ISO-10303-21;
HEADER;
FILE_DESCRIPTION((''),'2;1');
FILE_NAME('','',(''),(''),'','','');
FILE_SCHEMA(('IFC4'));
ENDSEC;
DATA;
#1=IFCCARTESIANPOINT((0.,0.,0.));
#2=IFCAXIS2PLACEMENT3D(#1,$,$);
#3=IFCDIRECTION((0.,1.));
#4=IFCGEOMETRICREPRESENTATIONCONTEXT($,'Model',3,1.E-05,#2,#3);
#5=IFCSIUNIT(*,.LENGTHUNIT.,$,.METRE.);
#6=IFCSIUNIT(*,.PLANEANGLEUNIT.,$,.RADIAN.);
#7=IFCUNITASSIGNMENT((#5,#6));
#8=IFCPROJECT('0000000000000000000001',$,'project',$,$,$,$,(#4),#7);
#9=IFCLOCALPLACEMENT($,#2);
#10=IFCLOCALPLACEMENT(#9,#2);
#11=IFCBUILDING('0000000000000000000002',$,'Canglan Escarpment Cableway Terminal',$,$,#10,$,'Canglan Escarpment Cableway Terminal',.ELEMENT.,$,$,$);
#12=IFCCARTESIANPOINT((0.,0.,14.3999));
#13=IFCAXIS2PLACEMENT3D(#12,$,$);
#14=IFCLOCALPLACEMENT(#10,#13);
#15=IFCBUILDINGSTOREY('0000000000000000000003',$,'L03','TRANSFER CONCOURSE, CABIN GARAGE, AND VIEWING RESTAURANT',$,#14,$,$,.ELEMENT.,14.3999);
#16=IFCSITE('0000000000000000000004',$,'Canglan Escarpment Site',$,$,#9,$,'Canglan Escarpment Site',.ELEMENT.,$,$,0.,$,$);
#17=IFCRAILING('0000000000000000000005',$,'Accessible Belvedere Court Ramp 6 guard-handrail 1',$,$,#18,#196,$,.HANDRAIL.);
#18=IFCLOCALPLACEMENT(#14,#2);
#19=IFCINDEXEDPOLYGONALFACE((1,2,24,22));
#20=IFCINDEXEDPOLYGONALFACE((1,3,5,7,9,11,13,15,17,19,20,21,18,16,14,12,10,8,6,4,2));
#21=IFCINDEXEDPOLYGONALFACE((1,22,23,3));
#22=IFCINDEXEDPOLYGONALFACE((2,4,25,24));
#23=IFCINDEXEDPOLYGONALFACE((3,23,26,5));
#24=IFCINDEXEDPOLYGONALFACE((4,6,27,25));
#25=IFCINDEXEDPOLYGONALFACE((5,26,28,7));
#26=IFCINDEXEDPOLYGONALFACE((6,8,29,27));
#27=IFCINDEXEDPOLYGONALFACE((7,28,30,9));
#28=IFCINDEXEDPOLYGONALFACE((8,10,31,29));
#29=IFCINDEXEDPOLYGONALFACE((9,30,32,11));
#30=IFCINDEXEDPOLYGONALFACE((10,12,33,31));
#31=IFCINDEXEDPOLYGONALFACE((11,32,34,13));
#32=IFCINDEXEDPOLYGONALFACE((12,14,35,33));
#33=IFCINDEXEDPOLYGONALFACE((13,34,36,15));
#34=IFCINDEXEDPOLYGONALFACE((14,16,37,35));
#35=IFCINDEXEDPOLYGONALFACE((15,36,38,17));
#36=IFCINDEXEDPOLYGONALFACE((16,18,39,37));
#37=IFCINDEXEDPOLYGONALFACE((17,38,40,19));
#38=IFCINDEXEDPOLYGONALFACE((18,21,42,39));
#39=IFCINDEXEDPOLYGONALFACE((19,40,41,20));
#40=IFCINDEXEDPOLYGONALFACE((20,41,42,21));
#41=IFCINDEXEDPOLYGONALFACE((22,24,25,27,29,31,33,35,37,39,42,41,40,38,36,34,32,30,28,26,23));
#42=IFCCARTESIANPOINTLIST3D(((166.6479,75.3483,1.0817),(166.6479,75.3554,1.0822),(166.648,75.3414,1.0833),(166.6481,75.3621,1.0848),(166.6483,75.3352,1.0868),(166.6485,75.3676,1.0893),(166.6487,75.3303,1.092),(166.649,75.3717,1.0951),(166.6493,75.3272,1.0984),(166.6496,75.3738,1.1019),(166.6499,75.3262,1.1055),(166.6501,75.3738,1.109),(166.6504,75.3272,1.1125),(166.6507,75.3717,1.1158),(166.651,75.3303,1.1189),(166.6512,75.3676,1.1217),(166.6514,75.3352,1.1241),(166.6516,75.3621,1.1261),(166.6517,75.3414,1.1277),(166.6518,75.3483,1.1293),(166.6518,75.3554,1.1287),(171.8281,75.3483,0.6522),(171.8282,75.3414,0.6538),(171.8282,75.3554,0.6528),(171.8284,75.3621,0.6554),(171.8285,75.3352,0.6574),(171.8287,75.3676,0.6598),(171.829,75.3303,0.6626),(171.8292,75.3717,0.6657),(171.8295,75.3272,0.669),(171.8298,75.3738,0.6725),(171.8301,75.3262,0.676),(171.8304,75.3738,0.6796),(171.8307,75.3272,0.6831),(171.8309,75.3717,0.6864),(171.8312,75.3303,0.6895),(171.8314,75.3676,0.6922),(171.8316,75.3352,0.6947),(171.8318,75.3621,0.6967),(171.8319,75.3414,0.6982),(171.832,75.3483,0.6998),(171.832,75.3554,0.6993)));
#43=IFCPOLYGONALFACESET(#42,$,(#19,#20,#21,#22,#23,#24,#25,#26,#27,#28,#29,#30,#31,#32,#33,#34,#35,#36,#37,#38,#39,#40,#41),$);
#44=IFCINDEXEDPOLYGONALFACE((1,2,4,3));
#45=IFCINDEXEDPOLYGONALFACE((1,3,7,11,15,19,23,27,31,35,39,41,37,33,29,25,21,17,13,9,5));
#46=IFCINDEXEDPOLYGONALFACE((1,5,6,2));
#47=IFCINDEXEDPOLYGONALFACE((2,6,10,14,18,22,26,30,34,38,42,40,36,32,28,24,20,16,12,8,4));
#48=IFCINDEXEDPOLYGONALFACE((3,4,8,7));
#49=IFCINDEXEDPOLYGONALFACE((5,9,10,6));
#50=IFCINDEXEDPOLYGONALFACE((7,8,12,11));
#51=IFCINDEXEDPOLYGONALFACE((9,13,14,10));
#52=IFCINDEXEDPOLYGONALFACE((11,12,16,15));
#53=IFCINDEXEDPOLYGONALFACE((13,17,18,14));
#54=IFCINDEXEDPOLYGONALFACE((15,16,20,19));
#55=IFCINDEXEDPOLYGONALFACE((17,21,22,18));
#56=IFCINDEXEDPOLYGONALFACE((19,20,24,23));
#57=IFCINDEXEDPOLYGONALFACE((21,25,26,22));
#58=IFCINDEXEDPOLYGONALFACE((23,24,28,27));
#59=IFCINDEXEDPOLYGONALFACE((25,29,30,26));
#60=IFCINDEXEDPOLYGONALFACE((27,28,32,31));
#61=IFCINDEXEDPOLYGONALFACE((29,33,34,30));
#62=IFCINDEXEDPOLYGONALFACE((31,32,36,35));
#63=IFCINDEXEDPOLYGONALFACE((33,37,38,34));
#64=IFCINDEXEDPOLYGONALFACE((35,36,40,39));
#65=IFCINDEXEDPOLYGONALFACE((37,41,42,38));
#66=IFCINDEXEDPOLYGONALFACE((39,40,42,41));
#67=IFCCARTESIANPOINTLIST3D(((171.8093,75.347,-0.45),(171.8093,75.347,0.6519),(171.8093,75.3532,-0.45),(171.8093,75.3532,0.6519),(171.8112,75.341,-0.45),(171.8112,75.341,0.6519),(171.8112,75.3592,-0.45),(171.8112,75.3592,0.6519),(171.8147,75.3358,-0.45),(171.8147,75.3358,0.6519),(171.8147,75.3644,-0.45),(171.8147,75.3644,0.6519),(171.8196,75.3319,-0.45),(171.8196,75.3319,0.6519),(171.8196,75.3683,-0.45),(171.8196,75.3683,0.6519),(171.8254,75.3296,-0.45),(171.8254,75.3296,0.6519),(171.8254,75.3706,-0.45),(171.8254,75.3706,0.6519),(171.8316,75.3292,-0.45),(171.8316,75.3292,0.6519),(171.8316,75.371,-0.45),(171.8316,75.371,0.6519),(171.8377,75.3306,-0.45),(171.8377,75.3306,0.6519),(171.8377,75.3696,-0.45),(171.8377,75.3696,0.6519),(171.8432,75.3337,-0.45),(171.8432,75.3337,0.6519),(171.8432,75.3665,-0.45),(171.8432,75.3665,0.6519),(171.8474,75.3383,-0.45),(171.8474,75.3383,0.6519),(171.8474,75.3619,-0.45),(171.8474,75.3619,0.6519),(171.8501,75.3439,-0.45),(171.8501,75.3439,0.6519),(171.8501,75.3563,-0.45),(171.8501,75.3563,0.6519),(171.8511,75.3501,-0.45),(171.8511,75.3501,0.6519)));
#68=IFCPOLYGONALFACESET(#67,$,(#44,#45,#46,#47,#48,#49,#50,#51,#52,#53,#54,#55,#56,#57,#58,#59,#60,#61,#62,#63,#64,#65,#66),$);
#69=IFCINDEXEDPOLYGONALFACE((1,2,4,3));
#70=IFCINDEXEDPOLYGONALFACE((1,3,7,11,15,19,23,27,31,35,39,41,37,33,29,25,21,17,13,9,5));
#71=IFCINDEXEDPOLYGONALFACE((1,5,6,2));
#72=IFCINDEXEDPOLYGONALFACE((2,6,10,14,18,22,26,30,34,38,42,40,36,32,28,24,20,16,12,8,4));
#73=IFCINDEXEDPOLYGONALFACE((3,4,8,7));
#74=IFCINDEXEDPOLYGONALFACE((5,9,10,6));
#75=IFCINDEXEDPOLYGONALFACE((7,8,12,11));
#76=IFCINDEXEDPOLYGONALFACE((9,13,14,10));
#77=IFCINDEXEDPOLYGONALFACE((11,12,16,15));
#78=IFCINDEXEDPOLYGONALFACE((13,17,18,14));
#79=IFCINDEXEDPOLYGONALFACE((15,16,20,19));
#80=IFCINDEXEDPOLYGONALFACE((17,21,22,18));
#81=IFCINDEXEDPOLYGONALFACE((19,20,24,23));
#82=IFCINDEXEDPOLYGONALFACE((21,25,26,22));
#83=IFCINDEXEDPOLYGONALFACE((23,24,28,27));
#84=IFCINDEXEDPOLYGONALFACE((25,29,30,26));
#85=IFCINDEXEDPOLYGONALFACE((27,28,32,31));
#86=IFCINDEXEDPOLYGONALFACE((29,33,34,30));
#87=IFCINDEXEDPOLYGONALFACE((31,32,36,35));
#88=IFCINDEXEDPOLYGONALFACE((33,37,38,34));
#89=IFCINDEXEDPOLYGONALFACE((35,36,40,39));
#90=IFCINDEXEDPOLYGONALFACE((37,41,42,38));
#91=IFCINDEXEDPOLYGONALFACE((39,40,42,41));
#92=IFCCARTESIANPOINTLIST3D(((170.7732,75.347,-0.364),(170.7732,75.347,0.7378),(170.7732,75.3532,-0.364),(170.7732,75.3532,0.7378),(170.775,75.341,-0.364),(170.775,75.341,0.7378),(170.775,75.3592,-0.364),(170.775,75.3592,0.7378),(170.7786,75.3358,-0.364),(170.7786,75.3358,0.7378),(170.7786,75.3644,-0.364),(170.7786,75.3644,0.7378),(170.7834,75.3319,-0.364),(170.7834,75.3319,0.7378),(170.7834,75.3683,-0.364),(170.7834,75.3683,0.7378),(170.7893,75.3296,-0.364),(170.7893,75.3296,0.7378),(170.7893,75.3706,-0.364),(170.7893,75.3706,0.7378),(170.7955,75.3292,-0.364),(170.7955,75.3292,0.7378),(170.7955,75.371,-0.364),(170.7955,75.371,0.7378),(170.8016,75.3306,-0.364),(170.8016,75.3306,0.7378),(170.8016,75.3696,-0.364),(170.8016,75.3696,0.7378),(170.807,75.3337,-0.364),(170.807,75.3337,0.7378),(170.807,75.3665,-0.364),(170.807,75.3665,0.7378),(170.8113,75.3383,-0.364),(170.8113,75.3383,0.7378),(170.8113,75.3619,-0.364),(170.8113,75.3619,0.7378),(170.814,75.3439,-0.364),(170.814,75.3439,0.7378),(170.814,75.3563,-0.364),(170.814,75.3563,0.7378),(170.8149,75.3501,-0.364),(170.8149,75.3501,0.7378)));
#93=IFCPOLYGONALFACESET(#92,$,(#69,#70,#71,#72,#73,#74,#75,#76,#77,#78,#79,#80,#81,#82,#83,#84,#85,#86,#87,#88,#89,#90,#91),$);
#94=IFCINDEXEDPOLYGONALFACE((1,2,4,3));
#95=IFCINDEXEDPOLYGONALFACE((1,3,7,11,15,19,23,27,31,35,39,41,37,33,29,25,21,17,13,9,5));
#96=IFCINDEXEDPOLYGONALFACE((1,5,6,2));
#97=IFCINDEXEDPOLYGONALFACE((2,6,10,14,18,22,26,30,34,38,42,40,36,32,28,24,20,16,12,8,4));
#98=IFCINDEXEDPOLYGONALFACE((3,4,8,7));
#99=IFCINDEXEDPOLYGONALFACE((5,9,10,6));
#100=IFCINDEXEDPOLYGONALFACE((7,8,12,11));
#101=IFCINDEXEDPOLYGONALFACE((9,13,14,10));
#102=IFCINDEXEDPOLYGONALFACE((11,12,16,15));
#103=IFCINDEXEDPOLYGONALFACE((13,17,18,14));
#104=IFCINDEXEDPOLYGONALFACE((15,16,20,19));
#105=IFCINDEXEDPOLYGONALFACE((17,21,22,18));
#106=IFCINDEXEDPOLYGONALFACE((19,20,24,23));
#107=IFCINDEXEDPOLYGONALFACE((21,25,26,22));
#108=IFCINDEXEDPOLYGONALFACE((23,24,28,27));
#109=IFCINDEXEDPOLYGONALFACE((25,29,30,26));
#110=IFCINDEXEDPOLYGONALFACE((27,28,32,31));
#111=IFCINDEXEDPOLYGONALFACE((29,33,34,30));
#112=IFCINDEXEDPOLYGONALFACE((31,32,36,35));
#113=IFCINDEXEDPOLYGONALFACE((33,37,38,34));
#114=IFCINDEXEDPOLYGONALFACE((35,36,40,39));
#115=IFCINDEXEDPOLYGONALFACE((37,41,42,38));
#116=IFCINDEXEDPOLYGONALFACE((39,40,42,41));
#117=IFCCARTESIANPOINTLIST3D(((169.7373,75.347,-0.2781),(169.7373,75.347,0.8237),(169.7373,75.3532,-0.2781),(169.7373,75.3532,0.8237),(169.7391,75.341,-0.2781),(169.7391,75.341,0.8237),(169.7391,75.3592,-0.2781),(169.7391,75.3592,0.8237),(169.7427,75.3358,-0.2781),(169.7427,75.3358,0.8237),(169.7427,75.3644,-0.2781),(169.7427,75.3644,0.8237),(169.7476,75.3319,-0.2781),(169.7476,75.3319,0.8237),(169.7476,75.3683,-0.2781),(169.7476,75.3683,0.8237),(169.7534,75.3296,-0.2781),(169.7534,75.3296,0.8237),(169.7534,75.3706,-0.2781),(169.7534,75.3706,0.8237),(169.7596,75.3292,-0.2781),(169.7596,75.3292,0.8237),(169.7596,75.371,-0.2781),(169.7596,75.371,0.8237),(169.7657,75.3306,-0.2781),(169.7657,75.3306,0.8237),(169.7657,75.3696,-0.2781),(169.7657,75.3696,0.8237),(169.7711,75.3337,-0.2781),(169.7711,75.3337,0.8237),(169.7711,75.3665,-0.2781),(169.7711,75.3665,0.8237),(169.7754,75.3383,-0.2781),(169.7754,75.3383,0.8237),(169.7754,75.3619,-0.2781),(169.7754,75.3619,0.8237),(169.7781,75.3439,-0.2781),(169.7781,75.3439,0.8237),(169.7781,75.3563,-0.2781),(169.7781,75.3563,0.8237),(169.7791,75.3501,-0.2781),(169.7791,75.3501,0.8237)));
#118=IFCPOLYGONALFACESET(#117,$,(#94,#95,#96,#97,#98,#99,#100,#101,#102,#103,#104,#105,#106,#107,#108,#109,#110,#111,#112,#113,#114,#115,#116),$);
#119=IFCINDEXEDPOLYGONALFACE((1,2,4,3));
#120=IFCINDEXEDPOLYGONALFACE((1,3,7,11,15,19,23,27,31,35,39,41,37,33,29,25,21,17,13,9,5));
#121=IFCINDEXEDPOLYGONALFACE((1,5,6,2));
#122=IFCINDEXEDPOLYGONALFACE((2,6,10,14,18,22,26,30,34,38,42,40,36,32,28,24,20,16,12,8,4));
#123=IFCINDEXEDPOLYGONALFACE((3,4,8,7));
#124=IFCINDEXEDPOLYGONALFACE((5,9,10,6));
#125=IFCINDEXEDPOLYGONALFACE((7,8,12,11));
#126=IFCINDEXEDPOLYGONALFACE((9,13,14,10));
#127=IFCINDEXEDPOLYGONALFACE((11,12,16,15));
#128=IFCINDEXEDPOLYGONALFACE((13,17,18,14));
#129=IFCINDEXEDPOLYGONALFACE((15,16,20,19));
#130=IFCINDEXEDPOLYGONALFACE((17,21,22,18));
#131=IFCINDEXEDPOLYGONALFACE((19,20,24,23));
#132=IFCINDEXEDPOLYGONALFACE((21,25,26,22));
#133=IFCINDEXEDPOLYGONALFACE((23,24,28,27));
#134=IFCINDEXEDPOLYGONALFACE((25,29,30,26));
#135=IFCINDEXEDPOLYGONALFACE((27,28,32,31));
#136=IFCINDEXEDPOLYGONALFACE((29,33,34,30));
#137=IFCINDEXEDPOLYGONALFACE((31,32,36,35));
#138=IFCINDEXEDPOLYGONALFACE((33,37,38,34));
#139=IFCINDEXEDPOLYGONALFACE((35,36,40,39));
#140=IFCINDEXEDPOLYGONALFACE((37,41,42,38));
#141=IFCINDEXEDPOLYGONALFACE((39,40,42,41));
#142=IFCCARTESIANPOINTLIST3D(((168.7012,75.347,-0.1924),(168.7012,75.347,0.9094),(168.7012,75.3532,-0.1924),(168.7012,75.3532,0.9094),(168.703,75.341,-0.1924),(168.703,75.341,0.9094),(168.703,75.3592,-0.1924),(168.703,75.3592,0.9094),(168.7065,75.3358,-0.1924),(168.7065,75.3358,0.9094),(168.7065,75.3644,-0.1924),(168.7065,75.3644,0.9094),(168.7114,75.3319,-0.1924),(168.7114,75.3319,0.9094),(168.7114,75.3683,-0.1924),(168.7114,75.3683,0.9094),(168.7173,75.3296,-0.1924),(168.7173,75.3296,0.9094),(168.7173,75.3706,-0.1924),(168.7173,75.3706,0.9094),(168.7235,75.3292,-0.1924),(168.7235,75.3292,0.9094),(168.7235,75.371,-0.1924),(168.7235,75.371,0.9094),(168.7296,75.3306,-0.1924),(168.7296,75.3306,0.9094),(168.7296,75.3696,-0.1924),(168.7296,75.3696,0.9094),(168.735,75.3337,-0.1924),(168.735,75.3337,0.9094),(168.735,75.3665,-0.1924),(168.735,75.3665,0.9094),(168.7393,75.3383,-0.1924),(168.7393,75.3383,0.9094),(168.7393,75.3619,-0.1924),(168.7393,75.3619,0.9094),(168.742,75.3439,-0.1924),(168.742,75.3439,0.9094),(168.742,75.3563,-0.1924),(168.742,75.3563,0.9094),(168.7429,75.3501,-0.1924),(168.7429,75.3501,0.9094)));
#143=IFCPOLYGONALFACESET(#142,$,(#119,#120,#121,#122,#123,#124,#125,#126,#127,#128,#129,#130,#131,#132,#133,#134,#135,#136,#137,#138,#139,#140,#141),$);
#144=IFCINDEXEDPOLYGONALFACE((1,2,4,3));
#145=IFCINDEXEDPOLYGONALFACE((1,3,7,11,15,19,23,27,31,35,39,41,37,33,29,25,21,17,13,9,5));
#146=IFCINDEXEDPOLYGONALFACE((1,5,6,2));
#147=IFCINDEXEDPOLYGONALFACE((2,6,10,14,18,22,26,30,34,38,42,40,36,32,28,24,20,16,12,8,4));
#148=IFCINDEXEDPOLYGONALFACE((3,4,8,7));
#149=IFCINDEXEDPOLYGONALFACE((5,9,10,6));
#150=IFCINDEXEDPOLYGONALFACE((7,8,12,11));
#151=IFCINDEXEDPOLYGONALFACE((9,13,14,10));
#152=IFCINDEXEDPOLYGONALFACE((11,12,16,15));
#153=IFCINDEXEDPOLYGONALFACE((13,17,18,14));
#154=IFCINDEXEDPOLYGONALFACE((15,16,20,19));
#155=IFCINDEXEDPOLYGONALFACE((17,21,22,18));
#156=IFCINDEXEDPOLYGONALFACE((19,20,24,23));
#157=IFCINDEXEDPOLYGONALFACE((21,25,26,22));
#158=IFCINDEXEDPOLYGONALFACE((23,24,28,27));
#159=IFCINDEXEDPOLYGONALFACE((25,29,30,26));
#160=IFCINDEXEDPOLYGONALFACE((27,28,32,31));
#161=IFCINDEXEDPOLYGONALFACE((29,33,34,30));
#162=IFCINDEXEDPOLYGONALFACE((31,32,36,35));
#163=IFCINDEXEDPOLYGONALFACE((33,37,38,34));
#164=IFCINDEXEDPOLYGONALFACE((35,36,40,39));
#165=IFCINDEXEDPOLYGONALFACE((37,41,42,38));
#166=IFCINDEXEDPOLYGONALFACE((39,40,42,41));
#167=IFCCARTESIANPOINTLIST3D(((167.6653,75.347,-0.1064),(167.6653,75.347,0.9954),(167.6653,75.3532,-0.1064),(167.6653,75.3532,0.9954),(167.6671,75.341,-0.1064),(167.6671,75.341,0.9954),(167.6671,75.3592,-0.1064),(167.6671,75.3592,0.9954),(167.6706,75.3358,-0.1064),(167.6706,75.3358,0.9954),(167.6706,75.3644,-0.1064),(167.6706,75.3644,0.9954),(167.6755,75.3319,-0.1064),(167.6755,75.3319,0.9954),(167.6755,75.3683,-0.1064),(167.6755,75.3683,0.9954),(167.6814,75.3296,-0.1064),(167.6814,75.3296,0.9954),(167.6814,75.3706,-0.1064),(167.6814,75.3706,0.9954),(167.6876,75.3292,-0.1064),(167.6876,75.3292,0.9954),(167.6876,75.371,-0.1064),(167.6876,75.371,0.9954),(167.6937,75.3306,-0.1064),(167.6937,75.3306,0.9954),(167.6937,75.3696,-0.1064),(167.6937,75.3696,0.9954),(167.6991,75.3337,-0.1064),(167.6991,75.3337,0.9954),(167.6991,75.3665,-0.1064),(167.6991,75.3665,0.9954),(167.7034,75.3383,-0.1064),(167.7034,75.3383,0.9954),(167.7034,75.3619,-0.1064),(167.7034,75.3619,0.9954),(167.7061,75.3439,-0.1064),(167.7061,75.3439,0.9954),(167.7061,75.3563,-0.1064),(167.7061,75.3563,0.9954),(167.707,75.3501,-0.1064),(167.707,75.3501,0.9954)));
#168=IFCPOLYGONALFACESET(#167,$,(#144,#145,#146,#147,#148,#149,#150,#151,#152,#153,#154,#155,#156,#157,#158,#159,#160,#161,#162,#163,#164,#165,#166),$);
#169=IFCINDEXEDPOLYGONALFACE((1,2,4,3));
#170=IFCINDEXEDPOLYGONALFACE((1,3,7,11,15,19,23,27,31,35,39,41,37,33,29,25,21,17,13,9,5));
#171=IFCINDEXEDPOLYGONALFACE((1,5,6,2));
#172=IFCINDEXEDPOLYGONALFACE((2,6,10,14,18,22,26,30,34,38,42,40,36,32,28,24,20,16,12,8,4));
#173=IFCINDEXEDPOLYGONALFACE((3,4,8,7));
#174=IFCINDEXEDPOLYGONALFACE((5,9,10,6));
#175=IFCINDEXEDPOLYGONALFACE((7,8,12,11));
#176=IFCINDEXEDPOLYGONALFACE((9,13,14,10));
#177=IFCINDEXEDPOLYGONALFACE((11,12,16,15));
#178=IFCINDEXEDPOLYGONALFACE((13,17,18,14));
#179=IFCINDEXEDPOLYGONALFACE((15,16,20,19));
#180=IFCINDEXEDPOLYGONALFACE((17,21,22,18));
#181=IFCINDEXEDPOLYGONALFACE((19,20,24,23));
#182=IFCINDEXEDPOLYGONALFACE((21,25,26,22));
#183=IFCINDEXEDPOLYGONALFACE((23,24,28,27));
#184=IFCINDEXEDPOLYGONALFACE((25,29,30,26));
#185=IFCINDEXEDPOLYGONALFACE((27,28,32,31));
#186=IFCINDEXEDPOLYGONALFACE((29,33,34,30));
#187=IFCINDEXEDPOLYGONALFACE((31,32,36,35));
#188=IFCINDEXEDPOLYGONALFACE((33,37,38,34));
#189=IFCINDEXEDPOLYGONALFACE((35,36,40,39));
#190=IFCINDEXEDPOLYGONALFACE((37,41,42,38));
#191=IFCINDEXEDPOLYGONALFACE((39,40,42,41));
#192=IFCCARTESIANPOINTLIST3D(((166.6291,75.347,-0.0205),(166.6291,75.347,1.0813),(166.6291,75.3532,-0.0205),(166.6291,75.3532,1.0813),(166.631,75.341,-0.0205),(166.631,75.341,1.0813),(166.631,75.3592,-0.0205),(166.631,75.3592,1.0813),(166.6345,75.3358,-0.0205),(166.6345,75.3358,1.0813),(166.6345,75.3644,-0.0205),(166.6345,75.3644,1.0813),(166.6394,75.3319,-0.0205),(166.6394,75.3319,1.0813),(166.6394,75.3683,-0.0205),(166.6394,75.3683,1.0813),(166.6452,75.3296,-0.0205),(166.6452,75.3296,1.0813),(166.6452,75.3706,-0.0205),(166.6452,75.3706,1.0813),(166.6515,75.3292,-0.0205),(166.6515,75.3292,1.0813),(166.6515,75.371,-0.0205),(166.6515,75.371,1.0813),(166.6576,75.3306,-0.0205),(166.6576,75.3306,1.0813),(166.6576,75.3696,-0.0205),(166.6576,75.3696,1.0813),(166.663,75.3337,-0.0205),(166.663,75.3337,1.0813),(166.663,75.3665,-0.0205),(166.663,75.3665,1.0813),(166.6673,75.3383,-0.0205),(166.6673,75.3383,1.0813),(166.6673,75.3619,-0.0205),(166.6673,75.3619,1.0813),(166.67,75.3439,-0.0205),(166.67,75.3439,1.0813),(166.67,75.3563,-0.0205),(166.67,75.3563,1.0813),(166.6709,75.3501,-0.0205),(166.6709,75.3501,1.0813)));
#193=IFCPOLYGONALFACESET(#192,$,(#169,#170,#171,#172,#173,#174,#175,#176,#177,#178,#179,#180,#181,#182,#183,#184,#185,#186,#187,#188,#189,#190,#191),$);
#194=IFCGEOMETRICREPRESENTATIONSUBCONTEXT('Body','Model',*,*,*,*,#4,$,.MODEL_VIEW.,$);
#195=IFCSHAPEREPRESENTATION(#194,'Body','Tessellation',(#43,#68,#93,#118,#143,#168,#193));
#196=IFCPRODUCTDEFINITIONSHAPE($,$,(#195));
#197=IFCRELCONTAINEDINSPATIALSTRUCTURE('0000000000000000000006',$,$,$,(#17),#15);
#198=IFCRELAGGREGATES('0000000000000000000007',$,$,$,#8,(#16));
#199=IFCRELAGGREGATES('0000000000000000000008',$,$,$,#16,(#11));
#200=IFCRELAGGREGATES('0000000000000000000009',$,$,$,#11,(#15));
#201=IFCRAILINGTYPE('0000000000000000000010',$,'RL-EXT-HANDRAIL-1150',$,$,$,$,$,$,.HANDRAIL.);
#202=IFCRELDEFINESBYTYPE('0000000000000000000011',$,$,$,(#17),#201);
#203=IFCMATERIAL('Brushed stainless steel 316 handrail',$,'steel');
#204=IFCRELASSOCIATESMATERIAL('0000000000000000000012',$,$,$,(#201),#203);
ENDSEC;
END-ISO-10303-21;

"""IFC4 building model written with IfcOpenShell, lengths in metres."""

from ifc_helpers import new_model, si_unit, direction, frame, origin, origin_2d, place, context, subcontext, project, spatial, circle, extrude, material, type_object, element, save


model = new_model("IFC4")

# Units and contexts
model_context = context("Model", 3, precision=1e-05, world=origin(), true_north=direction((0.0, 1.0)))
body_context = subcontext(model_context, "Body", "Model", "MODEL_VIEW")
ifc_project = project(units=[si_unit("LENGTHUNIT", "METRE"), si_unit("PLANEANGLEUNIT", "RADIAN")], contexts=[model_context])

# Site, building, storey
site_placement = place(None, origin())
site = spatial("IfcSite", under=ifc_project, at=site_placement, Name="Canglan Escarpment Site", LongName="Canglan Escarpment Site", CompositionType="ELEMENT", RefElevation=0.0)
building_placement = place(site_placement, origin())
building = spatial("IfcBuilding", under=site, at=building_placement, Name="Canglan Escarpment Cableway Terminal", LongName="Canglan Escarpment Cableway Terminal", CompositionType="ELEMENT")
storey_placement = place(building_placement, frame((0.0, 0.0, 14.3999)))
storey = spatial("IfcBuildingStorey", under=building, at=storey_placement, Name="L03", Description="TRANSFER CONCOURSE, CABIN GARAGE, AND VIEWING RESTAURANT", CompositionType="ELEMENT", Elevation=14.3999)

# Railing
ifc_material_1 = material(Name="Brushed stainless steel 316 handrail", Category="steel")
railing_type_1 = type_object("IfcRailingType", Name="RL-EXT-HANDRAIL-1150", PredefinedType="HANDRAIL", material=ifc_material_1)
for number, where, name in (
    (1, (171.8301, 75.3501, -0.45), "Accessible Belvedere Court Ramp 6 guard-handrail 1"),
):
    element("IfcRailing", number, at=place(storey_placement, frame(where)), inside=storey, type_object=railing_type_1, Name=name, PredefinedType="HANDRAIL", context=body_context, shape_type="SweptSolid", body=[
        extrude(circle(Radius=0.0239, at=origin_2d()), frame((0.0, 0.0, 1.126), z_axis=(-0.996581, 0.0, 0.082618), x_axis=(0.0, -1.0, 0.0)), (0.0, 0.0, 1.0), 5.198),
        extrude(circle(Radius=0.021, at=origin_2d()), origin(), (0.0, 0.0, 1.0), 1.1018),
        extrude(circle(Radius=0.021, at=origin_2d()), frame((-1.0361, 0.0, 0.0859)), (0.0, 0.0, 1.0), 1.1018),
        extrude(circle(Radius=0.021, at=origin_2d()), frame((-2.072, 0.0, 0.1719)), (0.0, 0.0, 1.0), 1.1018),
        extrude(circle(Radius=0.021, at=origin_2d()), frame((-3.1082, 0.0, 0.2576)), (0.0, 0.0, 1.0), 1.1018),
        extrude(circle(Radius=0.021, at=origin_2d()), frame((-4.144, 0.0, 0.3435)), (0.0, 0.0, 1.0), 1.1018),
        extrude(circle(Radius=0.021, at=origin_2d()), frame((-5.1802, 0.0, 0.4294)), (0.0, 0.0, 1.0), 1.1018),
    ])

save(model, "model.ifc")
